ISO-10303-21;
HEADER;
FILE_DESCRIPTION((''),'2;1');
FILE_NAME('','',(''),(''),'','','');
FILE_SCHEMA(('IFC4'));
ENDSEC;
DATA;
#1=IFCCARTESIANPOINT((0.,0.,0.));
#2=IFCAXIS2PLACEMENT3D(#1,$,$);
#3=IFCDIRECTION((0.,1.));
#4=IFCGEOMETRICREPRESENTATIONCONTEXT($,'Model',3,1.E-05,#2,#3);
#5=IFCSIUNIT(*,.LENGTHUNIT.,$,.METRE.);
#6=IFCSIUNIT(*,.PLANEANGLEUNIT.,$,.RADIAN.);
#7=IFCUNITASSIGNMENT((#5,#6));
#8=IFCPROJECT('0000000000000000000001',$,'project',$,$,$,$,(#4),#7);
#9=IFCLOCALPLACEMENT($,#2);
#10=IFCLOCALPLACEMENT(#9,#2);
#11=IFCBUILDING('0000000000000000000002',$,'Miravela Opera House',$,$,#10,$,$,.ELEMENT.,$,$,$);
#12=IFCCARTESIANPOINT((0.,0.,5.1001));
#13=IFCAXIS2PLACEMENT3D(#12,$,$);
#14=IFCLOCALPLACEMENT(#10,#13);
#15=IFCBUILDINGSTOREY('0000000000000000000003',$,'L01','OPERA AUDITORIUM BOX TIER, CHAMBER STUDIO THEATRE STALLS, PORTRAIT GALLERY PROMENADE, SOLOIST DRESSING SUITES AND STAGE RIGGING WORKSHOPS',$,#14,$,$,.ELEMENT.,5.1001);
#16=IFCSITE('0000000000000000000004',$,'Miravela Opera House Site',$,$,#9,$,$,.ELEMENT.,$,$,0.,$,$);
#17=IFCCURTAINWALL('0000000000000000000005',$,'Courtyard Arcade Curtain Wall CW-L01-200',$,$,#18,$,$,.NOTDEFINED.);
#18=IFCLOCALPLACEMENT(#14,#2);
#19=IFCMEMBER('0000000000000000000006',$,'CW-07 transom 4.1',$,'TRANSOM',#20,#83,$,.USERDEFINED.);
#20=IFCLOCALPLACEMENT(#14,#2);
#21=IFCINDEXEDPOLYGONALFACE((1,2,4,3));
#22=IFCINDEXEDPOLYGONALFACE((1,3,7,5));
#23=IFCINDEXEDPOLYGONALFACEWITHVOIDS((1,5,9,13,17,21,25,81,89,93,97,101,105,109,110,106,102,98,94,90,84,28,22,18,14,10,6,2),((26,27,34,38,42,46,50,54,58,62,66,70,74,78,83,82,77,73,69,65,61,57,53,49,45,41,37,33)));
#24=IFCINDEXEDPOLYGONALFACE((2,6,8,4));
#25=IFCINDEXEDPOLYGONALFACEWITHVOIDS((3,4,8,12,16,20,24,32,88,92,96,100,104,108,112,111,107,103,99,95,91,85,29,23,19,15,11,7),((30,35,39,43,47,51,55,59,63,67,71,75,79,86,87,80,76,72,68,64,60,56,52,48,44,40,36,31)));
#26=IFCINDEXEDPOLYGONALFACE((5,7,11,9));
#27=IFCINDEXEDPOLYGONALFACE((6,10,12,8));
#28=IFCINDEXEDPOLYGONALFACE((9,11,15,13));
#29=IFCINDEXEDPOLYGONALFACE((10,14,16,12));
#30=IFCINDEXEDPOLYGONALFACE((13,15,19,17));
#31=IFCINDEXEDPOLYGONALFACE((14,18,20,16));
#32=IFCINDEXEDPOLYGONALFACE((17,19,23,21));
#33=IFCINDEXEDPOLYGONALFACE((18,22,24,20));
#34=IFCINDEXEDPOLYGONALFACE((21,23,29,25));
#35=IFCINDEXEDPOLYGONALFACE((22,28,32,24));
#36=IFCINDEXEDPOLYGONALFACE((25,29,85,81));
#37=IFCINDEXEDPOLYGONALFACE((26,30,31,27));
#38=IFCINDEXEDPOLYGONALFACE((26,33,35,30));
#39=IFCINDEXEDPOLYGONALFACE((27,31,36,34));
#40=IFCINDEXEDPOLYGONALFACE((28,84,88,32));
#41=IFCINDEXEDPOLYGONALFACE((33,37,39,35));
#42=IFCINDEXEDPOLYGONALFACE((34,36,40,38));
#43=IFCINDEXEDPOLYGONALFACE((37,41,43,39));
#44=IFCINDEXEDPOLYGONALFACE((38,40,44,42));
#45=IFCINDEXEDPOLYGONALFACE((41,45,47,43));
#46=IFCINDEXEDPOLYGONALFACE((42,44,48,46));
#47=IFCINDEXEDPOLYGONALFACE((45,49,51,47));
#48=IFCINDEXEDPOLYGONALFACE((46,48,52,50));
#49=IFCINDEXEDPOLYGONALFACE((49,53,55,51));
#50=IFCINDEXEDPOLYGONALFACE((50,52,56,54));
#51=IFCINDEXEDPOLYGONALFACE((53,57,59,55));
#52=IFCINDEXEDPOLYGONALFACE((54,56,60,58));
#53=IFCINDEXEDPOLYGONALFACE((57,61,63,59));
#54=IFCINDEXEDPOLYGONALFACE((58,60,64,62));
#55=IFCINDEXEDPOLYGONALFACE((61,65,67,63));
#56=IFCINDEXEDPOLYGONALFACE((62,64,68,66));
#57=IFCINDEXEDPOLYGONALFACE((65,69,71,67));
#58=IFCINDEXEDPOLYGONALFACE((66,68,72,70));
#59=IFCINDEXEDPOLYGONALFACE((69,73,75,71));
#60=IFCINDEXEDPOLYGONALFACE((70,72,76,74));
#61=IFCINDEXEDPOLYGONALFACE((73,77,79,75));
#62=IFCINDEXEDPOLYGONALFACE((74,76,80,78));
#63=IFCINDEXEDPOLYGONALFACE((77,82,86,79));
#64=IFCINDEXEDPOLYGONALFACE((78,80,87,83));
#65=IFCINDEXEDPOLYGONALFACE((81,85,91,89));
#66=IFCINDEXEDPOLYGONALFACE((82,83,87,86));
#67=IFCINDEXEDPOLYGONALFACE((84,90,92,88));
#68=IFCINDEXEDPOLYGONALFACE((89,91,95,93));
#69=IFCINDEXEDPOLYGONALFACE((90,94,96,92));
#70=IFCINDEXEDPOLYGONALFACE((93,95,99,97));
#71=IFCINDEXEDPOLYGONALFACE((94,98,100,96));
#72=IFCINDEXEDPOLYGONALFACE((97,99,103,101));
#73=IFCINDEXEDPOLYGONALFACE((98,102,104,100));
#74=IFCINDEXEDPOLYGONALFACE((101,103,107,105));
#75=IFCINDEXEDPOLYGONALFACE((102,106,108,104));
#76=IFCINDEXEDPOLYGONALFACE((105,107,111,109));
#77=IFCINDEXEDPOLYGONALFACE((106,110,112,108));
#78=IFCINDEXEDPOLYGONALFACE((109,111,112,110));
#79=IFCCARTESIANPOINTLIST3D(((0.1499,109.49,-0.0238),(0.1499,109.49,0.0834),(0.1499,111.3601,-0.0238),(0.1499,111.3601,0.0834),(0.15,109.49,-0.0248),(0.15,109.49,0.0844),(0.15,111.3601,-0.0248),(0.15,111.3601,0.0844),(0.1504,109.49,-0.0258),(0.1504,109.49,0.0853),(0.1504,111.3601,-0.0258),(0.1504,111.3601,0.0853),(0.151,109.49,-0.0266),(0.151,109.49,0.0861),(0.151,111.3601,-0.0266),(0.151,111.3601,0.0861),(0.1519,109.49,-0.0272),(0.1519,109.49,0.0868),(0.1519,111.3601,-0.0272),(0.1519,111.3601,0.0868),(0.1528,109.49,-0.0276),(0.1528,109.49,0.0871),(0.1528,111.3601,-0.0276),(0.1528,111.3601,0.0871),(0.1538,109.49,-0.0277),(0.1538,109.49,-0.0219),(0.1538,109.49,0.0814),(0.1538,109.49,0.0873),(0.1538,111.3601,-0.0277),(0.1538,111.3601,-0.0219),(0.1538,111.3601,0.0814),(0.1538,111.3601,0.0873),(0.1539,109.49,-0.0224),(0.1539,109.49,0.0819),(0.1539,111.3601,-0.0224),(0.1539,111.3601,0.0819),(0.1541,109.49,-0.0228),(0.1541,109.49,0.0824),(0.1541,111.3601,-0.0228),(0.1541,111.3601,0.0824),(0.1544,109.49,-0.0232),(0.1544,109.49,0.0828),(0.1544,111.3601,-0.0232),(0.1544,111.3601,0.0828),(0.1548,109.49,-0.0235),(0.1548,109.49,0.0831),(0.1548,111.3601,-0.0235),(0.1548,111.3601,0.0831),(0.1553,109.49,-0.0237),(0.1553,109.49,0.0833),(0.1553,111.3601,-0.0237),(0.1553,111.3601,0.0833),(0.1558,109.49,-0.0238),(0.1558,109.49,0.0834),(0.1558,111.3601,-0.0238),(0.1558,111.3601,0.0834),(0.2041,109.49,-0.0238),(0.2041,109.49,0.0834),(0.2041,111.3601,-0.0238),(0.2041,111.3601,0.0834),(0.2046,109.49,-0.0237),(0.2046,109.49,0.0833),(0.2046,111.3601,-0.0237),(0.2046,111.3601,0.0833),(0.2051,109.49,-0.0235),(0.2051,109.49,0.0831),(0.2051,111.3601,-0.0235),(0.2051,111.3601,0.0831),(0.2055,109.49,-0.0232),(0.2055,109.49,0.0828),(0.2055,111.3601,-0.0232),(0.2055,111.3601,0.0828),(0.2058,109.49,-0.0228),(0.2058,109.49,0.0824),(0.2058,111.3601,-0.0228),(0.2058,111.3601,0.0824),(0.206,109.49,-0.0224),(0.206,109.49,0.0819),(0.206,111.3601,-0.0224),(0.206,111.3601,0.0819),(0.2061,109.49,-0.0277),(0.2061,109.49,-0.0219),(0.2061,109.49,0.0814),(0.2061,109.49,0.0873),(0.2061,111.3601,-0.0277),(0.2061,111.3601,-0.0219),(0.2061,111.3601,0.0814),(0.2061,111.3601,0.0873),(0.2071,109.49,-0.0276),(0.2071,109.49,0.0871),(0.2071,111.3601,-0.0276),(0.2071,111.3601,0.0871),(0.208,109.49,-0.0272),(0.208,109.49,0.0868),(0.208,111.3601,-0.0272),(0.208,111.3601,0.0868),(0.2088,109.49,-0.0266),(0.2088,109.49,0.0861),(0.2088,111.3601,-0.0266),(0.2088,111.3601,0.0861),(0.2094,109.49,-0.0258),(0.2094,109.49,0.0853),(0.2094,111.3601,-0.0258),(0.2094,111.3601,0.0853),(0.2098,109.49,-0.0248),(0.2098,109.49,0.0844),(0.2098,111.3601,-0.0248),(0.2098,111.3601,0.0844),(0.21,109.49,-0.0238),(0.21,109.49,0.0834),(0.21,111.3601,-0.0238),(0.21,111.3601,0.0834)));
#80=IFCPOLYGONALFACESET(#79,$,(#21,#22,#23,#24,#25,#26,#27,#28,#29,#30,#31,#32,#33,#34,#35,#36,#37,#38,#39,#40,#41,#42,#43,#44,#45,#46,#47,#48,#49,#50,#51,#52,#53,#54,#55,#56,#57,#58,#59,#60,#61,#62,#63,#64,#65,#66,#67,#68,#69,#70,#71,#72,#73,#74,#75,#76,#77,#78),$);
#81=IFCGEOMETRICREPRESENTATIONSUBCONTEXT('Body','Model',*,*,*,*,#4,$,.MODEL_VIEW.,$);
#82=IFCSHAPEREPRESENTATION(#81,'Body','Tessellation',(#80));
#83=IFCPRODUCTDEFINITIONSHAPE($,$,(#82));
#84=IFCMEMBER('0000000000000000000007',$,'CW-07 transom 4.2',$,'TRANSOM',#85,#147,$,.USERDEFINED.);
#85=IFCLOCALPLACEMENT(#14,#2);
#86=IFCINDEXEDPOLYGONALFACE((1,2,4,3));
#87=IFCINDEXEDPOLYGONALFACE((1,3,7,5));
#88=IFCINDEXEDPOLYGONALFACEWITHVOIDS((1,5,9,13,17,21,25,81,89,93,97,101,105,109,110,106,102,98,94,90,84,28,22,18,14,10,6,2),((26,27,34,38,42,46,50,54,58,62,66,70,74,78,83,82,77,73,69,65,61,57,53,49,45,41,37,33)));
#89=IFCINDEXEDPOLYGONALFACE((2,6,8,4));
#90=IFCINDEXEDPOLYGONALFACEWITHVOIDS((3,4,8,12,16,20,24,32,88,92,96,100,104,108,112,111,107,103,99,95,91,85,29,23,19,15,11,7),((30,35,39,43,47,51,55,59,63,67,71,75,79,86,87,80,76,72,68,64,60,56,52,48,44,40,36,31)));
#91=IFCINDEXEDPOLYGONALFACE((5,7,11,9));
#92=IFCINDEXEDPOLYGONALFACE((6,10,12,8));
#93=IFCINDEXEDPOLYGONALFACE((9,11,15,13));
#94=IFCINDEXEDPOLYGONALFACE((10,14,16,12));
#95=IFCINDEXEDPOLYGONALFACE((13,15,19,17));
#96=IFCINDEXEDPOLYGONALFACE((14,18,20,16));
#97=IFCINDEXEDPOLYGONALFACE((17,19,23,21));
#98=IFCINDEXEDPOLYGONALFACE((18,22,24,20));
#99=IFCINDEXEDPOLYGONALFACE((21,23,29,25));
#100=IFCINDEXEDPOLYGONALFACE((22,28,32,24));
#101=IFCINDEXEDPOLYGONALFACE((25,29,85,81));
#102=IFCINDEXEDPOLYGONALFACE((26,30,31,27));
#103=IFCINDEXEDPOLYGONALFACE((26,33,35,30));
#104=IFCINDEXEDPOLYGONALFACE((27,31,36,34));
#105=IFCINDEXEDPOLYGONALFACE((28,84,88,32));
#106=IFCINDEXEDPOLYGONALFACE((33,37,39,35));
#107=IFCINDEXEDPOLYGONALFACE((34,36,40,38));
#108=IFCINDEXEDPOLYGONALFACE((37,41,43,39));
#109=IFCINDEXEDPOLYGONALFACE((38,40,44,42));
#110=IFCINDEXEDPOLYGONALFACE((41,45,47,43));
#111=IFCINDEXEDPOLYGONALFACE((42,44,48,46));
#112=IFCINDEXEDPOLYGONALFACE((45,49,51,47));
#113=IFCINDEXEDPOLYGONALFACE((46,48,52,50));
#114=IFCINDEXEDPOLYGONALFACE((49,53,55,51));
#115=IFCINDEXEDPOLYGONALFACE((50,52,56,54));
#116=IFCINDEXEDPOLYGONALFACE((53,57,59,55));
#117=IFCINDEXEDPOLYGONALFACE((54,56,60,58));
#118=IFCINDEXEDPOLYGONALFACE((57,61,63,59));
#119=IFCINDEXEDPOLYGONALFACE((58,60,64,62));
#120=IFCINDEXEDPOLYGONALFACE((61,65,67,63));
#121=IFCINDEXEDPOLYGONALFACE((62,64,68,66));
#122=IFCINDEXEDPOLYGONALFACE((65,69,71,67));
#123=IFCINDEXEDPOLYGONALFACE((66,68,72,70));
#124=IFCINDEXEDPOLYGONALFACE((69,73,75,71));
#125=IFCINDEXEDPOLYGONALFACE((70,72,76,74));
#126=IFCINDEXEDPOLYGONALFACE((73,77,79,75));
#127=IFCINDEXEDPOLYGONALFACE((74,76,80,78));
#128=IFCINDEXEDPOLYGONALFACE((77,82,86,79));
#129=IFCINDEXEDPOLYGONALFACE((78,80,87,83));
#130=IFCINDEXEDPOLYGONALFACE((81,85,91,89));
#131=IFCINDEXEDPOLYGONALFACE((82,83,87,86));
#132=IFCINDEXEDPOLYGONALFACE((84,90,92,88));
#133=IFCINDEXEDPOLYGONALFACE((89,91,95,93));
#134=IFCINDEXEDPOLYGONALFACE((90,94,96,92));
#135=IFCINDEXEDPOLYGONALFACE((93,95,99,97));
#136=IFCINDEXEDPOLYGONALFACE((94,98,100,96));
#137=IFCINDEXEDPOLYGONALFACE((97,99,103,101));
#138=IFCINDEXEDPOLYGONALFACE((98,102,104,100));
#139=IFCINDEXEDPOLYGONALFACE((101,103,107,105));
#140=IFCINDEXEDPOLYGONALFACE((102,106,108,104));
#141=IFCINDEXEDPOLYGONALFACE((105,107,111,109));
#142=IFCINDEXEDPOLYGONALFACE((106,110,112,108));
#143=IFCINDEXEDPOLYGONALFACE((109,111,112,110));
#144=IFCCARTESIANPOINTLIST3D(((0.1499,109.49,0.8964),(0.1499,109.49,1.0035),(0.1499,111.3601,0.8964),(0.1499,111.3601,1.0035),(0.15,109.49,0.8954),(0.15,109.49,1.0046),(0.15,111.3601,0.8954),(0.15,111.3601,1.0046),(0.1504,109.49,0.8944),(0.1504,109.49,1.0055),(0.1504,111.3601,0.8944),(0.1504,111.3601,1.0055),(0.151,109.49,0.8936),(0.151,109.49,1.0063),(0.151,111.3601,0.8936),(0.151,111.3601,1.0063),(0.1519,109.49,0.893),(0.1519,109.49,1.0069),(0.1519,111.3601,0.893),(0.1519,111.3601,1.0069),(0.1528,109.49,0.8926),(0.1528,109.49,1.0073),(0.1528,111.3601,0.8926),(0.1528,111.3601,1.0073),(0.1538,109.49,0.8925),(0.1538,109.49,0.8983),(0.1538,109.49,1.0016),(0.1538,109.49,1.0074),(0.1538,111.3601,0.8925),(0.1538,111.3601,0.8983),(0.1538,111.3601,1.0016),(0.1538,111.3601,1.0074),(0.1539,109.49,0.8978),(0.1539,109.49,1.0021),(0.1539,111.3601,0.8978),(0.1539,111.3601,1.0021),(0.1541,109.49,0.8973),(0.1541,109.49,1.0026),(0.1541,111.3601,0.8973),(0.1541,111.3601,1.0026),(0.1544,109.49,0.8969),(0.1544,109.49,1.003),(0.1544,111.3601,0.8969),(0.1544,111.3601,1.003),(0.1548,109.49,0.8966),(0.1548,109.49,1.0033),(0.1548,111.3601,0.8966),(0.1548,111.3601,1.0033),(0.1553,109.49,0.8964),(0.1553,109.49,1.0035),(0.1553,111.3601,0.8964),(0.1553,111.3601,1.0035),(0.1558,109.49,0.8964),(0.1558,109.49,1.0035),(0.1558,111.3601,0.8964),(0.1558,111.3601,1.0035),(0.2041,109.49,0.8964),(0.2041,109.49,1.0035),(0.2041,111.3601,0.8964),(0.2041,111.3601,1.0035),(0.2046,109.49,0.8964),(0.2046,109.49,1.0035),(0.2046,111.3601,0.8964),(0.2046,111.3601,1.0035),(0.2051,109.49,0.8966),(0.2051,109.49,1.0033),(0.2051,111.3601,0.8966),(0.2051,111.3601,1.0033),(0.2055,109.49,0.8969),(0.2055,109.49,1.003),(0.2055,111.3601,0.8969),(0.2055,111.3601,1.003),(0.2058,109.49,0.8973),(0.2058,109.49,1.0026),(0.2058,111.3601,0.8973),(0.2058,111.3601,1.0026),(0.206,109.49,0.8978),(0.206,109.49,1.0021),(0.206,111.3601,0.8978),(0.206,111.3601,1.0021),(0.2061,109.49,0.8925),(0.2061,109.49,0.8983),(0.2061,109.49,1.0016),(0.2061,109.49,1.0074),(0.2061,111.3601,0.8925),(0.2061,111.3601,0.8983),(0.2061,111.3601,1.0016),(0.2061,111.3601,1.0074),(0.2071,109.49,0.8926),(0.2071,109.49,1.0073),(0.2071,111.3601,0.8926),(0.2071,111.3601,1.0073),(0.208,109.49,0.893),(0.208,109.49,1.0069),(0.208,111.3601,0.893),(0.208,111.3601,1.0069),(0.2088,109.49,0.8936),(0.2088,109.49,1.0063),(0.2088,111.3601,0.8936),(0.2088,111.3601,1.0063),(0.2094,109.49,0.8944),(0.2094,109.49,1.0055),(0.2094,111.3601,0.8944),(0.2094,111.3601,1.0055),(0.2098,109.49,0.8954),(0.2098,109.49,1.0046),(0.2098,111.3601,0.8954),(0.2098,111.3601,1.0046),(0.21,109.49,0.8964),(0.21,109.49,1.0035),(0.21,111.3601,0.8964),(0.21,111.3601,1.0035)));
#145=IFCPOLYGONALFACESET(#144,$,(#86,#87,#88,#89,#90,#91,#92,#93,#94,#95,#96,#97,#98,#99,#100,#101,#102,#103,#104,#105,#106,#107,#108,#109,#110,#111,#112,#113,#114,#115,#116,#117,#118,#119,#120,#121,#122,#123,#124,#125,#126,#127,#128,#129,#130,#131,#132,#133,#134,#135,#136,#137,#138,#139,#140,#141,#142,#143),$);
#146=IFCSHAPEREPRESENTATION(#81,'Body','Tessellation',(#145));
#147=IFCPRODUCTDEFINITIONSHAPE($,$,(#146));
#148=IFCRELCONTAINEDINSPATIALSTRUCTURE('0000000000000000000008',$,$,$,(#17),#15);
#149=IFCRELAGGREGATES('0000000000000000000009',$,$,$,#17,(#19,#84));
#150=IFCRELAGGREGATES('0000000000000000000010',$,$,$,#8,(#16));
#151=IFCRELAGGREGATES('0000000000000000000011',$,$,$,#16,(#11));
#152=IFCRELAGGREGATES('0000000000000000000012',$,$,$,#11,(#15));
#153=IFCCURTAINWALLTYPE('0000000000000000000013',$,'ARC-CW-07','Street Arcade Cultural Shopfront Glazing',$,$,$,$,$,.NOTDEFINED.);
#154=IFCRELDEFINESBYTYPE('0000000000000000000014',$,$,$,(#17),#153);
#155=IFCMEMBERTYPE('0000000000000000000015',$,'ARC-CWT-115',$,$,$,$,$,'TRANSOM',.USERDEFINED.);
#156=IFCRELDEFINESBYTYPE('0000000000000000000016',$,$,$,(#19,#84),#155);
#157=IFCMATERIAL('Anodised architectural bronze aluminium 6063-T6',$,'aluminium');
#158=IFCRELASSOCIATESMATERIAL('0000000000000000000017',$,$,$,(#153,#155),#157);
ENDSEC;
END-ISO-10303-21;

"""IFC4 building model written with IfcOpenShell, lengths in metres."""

from ifc_helpers import new_model, si_unit, direction, frame, origin, origin_2d, place, context, subcontext, project, spatial, hollow_rectangle, extrude, material, material_profile, profile_set, type_object, element, aggregate, save


model = new_model("IFC4")

# Units and contexts
model_context = context("Model", 3, precision=1e-05, world=origin(), true_north=direction((0.0, 1.0)))
body_context = subcontext(model_context, "Body", "Model", "MODEL_VIEW")
ifc_project = project(units=[si_unit("LENGTHUNIT", "METRE"), si_unit("PLANEANGLEUNIT", "RADIAN")], contexts=[model_context])

# Site, building, storey
site_placement = place(None, origin())
site = spatial("IfcSite", under=ifc_project, at=site_placement, Name="Miravela Opera House Site", CompositionType="ELEMENT", RefElevation=0.0)
building_placement = place(site_placement, origin())
building = spatial("IfcBuilding", under=site, at=building_placement, Name="Miravela Opera House", CompositionType="ELEMENT")
storey_placement = place(building_placement, frame((0.0, 0.0, 5.1001)))
storey = spatial("IfcBuildingStorey", under=building, at=storey_placement, Name="L01", Description="OPERA AUDITORIUM BOX TIER, CHAMBER STUDIO THEATRE STALLS, PORTRAIT GALLERY PROMENADE, SOLOIST DRESSING SUITES AND STAGE RIGGING WORKSHOPS", CompositionType="ELEMENT", Elevation=5.1001)

# Curtain wall, members
ifc_material_1 = material(Name="Anodised architectural bronze aluminium 6063-T6", Category="aluminium")
curtain_wall_type = type_object("IfcCurtainWallType", Name="ARC-CW-07", Description="Street Arcade Cultural Shopfront Glazing", PredefinedType="NOTDEFINED", material=ifc_material_1)
curtain_wall_placement = place(storey_placement, origin())
curtain_wall = element("IfcCurtainWall", 1, at=curtain_wall_placement, inside=storey, type_object=curtain_wall_type, Name="Courtyard Arcade Curtain Wall CW-L01-200", PredefinedType="NOTDEFINED")
ifc_material_profile_1 = material_profile(ifc_material_1, hollow_rectangle(XDim=0.0601, YDim=0.115, WallThickness=0.0039, InnerFilletRadius=0.002, OuterFilletRadius=0.0039, at=origin_2d()), Name="CWT-60X115")
ifc_profile_set_1 = profile_set([ifc_material_profile_1])
member_type_1 = type_object("IfcMemberType", Name="ARC-CWT-115", ElementType="TRANSOM", PredefinedType="USERDEFINED", material=ifc_profile_set_1)
member_1_placement = place(storey_placement, frame((0.1799, 109.49, 0.0298), z_axis=(0.0, 1.0, 0.0), x_axis=(-1.0, 0.0, 0.0)))
member_1 = element("IfcMember", 2, at=member_1_placement, type_object=member_type_1, Name="CW-07 transom 4.1", ObjectType="TRANSOM", PredefinedType="USERDEFINED", context=body_context, shape_type="SweptSolid", body=[
    extrude(hollow_rectangle(XDim=0.0601, YDim=0.115, WallThickness=0.0039, InnerFilletRadius=0.002, OuterFilletRadius=0.0039, at=origin_2d()), origin(), (0.0, 0.0, 1.0), 1.8701),
])
member_2_placement = place(storey_placement, frame((0.1799, 109.49, 0.95), z_axis=(0.0, 1.0, 0.0), x_axis=(-1.0, 0.0, 0.0)))
member_2 = element("IfcMember", 3, at=member_2_placement, type_object=member_type_1, Name="CW-07 transom 4.2", ObjectType="TRANSOM", PredefinedType="USERDEFINED", context=body_context, shape_type="SweptSolid", body=[
    extrude(hollow_rectangle(XDim=0.0601, YDim=0.115, WallThickness=0.0039, InnerFilletRadius=0.002, OuterFilletRadius=0.0039, at=origin_2d()), origin(), (0.0, 0.0, 1.0), 1.8701),
])

aggregate(curtain_wall, [member_1, member_2])

save(model, "model.ifc")
